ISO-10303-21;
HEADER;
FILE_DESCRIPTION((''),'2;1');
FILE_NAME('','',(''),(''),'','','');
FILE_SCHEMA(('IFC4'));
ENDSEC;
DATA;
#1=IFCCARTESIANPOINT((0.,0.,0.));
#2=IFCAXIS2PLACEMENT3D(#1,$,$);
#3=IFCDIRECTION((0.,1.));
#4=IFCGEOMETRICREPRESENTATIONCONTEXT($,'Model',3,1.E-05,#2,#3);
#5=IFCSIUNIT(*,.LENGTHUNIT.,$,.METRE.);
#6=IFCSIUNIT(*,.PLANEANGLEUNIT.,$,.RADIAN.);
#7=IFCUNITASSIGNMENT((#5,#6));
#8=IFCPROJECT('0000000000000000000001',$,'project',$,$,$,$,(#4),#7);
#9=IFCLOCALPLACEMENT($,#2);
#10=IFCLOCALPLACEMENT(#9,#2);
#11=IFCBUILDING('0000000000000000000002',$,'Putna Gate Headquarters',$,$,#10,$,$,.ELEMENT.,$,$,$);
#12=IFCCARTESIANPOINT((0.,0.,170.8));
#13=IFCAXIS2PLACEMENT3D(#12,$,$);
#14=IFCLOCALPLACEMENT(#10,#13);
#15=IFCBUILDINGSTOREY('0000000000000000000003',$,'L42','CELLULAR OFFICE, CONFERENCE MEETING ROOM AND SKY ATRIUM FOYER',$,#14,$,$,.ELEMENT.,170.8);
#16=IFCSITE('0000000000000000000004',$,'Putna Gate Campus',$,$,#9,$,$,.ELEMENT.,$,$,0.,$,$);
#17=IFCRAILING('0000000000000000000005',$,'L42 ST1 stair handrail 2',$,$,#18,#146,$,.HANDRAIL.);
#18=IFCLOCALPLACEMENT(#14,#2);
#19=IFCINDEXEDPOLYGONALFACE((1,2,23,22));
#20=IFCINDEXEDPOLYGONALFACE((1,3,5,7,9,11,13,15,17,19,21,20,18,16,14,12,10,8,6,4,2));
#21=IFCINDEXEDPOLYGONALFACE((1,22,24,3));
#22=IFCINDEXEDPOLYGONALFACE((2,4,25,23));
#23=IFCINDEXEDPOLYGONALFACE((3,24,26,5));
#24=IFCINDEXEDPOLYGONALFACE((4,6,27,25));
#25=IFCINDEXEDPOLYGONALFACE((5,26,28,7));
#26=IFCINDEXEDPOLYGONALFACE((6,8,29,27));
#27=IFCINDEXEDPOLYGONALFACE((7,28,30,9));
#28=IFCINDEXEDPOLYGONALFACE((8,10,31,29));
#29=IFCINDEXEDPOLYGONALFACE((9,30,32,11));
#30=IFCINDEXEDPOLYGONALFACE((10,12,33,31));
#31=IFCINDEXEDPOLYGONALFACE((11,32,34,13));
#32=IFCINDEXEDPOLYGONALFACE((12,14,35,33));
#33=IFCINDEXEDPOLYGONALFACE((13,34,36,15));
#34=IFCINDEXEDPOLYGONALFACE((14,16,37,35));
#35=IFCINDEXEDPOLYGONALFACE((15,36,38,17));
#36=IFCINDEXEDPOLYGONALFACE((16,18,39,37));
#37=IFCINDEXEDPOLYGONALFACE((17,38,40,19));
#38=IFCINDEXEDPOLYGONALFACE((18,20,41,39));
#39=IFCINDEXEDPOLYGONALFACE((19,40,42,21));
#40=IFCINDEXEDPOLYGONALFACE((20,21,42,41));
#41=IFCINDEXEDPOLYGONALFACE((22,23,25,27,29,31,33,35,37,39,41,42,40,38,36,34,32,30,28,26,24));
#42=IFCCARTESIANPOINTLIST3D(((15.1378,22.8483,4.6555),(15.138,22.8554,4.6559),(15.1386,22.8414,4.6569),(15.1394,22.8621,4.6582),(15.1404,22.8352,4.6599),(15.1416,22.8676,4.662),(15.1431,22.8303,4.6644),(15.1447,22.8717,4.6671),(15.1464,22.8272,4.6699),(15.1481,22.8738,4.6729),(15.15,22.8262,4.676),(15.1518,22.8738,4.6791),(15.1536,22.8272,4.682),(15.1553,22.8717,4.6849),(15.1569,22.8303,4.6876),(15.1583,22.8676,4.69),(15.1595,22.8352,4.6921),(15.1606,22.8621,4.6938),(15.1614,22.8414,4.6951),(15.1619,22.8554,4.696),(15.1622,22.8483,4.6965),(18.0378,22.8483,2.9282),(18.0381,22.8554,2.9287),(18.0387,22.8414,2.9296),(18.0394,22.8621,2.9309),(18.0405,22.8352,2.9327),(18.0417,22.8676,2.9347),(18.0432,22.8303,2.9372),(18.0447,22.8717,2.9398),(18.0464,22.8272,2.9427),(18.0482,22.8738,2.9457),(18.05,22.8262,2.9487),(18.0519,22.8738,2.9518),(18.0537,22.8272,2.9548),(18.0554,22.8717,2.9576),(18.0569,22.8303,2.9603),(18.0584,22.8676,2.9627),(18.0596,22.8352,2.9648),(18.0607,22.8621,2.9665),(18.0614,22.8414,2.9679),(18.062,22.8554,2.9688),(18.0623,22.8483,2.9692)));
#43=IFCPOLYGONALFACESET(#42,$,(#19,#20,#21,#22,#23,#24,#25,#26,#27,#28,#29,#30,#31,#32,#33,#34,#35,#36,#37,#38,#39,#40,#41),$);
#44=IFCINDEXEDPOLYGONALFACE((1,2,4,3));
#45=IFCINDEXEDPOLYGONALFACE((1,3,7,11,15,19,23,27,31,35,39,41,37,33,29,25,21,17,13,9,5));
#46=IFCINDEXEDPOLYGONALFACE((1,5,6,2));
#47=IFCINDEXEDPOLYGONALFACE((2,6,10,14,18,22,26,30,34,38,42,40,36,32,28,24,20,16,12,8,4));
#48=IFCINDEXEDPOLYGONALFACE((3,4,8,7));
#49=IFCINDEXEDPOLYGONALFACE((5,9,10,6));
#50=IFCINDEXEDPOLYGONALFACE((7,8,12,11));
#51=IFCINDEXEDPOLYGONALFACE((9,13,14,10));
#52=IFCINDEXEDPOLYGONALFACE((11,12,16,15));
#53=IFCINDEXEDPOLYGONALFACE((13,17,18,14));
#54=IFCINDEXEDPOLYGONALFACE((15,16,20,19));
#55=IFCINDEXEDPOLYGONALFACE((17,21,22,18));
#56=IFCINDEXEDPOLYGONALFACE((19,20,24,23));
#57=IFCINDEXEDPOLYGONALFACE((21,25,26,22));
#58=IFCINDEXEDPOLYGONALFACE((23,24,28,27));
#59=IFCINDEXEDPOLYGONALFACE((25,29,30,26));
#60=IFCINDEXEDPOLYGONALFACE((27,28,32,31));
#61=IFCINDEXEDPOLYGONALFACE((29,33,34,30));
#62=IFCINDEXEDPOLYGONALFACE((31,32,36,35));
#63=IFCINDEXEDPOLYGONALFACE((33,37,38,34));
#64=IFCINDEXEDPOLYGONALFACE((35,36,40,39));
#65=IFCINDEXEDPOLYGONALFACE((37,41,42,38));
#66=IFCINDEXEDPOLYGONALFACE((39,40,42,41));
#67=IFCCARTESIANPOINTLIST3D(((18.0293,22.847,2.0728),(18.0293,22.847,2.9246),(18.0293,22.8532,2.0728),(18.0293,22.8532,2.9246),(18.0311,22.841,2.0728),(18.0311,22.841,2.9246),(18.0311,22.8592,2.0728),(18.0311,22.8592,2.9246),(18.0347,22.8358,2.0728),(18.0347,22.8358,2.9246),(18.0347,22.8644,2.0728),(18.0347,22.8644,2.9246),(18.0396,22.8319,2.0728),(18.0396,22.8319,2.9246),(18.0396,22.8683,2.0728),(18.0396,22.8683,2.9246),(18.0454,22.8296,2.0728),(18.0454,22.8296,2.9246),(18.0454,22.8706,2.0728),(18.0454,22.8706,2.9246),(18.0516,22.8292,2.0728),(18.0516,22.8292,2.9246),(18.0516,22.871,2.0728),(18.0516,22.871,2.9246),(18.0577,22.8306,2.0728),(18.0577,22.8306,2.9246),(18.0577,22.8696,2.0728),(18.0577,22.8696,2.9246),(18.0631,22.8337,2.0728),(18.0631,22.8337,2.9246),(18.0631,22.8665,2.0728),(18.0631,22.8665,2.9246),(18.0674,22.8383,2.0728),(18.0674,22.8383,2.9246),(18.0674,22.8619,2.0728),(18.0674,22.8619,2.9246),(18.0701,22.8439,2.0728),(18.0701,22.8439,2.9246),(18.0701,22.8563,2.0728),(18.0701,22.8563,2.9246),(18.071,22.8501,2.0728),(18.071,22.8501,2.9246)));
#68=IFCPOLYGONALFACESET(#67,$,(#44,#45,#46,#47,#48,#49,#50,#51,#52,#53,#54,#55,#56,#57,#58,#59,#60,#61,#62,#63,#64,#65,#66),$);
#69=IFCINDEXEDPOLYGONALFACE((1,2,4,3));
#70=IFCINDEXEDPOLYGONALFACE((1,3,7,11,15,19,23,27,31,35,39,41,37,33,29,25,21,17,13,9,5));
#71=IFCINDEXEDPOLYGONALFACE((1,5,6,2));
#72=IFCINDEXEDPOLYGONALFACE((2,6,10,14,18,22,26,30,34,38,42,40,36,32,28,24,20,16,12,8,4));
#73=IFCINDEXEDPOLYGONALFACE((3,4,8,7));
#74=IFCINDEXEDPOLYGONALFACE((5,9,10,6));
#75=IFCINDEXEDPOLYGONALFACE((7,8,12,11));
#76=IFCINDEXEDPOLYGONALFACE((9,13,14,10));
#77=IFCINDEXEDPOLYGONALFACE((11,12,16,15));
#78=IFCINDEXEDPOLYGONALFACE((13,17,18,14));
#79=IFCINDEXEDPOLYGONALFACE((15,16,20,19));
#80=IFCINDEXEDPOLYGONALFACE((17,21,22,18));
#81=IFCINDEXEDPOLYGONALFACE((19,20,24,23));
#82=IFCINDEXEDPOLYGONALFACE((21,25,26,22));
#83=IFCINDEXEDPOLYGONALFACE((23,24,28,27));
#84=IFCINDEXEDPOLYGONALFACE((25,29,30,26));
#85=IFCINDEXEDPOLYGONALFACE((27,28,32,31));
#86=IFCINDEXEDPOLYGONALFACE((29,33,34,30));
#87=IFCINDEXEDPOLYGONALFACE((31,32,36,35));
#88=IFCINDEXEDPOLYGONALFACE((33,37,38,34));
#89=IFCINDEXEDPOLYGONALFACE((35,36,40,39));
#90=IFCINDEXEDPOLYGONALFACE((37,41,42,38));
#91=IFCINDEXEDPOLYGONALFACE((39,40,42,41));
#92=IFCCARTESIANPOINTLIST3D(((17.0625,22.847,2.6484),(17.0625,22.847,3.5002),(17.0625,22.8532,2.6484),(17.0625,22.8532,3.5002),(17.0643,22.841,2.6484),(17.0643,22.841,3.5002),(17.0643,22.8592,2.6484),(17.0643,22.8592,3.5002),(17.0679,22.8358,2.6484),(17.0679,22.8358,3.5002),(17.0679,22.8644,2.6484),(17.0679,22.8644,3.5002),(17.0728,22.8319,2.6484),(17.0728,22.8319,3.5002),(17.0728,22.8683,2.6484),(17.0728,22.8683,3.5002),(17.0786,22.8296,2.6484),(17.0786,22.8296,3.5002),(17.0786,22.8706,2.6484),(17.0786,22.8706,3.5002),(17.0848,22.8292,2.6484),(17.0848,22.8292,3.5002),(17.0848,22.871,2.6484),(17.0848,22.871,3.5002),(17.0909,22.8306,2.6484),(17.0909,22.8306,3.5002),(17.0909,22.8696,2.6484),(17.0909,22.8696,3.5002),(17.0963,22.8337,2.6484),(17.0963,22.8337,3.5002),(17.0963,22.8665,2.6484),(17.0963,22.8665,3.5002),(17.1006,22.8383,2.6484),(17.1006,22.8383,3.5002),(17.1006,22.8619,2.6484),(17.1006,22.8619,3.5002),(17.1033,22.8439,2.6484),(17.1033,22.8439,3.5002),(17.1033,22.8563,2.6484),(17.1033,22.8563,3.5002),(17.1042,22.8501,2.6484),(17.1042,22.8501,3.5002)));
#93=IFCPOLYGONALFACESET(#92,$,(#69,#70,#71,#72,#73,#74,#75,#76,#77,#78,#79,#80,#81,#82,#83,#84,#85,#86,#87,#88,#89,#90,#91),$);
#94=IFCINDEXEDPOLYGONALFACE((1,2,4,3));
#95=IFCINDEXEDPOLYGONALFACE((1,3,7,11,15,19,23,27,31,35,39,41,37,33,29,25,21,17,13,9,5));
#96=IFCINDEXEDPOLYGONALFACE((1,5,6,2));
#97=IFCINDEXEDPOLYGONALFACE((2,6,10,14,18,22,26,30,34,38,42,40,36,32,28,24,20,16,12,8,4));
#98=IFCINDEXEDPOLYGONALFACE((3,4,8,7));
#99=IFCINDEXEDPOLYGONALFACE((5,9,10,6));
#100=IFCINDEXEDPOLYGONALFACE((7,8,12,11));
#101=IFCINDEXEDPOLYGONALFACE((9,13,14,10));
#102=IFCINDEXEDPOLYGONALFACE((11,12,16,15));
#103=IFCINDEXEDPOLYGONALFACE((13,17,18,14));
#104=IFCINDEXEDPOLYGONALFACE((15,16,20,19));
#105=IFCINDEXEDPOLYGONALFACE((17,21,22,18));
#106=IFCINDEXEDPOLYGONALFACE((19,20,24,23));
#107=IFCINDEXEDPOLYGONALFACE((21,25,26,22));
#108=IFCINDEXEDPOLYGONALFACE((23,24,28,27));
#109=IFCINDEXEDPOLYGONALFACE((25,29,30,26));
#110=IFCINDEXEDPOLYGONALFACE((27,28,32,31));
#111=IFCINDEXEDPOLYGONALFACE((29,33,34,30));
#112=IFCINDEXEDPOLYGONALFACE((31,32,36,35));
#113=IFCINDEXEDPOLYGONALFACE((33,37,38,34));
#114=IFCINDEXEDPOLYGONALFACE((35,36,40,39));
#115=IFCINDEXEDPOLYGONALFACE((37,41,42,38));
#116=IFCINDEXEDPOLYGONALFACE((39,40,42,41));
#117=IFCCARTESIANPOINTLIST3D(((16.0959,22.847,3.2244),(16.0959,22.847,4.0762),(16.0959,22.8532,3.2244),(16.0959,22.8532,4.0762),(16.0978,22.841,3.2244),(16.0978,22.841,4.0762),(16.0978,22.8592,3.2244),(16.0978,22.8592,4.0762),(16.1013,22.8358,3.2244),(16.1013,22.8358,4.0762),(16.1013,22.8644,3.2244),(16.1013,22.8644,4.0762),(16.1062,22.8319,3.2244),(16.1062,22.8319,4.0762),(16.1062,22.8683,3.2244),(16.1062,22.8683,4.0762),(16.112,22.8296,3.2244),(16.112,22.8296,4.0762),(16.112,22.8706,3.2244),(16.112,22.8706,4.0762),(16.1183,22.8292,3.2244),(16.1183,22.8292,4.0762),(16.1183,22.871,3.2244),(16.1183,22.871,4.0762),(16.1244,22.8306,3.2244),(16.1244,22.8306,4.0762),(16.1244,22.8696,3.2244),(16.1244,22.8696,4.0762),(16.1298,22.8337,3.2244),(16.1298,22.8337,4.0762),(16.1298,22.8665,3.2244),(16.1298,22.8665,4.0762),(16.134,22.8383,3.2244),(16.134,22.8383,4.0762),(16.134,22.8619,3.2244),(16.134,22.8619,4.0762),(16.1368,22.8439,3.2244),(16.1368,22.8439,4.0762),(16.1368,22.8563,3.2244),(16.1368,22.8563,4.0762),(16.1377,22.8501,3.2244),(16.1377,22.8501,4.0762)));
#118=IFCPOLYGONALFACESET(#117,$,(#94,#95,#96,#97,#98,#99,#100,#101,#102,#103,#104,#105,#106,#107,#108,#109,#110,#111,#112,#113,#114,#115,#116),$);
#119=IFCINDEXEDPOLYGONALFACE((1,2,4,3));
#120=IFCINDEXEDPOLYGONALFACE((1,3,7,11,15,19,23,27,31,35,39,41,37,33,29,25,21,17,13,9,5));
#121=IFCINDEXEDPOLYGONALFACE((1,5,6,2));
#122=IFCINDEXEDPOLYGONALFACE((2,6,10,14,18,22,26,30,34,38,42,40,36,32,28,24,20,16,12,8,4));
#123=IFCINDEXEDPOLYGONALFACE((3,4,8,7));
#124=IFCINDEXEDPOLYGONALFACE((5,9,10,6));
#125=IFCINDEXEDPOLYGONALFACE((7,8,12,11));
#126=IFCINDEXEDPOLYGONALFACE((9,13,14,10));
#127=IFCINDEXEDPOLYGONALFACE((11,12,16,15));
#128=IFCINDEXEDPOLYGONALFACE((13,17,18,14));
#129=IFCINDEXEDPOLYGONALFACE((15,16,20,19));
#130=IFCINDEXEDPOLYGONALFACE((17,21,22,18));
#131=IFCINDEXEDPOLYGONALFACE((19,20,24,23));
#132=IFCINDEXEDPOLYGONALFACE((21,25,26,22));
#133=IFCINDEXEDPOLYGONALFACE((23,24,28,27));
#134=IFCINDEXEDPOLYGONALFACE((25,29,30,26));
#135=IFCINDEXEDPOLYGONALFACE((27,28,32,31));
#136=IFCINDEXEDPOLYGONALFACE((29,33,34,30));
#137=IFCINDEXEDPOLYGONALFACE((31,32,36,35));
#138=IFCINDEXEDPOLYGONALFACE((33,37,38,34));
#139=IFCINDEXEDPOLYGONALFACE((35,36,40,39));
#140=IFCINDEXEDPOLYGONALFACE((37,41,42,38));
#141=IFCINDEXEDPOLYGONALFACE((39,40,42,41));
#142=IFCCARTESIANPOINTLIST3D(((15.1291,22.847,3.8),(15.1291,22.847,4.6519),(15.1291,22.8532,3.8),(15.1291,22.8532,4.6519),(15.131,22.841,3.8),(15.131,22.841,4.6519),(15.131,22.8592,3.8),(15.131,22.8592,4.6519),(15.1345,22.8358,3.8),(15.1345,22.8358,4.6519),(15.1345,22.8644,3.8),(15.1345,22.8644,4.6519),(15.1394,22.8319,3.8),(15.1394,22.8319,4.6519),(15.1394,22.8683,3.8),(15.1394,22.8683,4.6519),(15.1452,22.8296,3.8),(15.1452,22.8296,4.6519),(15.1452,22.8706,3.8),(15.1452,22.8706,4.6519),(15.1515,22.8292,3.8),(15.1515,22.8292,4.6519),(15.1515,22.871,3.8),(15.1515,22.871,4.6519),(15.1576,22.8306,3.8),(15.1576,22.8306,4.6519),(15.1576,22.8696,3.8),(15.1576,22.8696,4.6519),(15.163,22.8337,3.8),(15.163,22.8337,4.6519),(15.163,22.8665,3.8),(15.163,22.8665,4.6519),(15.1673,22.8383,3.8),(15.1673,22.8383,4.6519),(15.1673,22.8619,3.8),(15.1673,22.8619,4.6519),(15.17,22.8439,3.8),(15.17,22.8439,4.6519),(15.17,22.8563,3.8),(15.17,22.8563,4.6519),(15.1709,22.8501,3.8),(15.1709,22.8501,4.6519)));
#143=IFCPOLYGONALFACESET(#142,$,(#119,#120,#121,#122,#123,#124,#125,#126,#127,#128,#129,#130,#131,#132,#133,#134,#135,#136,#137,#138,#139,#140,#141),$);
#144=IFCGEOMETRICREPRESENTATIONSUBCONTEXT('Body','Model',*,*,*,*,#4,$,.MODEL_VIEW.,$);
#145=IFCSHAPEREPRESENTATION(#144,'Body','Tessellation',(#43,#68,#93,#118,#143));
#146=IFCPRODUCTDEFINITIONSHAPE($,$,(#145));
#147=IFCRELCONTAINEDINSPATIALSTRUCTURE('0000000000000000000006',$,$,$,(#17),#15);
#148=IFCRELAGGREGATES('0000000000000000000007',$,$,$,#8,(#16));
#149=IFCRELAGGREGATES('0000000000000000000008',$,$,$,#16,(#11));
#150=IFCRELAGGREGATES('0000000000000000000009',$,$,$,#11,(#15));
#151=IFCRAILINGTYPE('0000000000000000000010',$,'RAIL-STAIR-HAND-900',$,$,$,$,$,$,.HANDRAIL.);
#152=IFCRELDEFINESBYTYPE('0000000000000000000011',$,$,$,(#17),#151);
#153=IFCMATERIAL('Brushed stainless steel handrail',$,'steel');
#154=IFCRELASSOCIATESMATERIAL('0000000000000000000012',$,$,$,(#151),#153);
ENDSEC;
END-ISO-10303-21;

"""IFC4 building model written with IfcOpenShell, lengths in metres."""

from ifc_helpers import new_model, si_unit, direction, frame, origin, origin_2d, place, context, subcontext, project, spatial, circle, extrude, material, type_object, element, save


model = new_model("IFC4")

# Units and contexts
model_context = context("Model", 3, precision=1e-05, world=origin(), true_north=direction((0.0, 1.0)))
body_context = subcontext(model_context, "Body", "Model", "MODEL_VIEW")
ifc_project = project(units=[si_unit("LENGTHUNIT", "METRE"), si_unit("PLANEANGLEUNIT", "RADIAN")], contexts=[model_context])

# Site, building, storey
site_placement = place(None, origin())
site = spatial("IfcSite", under=ifc_project, at=site_placement, Name="Putna Gate Campus", CompositionType="ELEMENT", RefElevation=0.0)
building_placement = place(site_placement, origin())
building = spatial("IfcBuilding", under=site, at=building_placement, Name="Putna Gate Headquarters", CompositionType="ELEMENT")
storey_placement = place(building_placement, frame((0.0, 0.0, 170.8)))
storey = spatial("IfcBuildingStorey", under=building, at=storey_placement, Name="L42", Description="CELLULAR OFFICE, CONFERENCE MEETING ROOM AND SKY ATRIUM FOYER", CompositionType="ELEMENT", Elevation=170.8)

# Railing
ifc_material_1 = material(Name="Brushed stainless steel handrail", Category="steel")
railing_type_1 = type_object("IfcRailingType", Name="RAIL-STAIR-HAND-900", PredefinedType="HANDRAIL", material=ifc_material_1)
railing_1_placement = place(storey_placement, frame((18.05, 22.8501, 2.0728)))
element("IfcRailing", 1, at=railing_1_placement, inside=storey, type_object=railing_type_1, Name="L42 ST1 stair handrail 2", PredefinedType="HANDRAIL", context=body_context, shape_type="SweptSolid", body=[
    extrude(circle(Radius=0.0239, at=origin_2d()), frame((0.0, 0.0, 0.876), z_axis=(-0.85916, 0.0, 0.511706), x_axis=(0.0, -1.0, 0.0)), (0.0, 0.0, 1.0), 3.3755),
    extrude(circle(Radius=0.021, at=origin_2d()), origin(), (0.0, 0.0, 1.0), 0.8518),
    extrude(circle(Radius=0.021, at=origin_2d()), frame((-0.9668, 0.0, 0.5757)), (0.0, 0.0, 1.0), 0.8518),
    extrude(circle(Radius=0.021, at=origin_2d()), frame((-1.9333, 0.0, 1.1516)), (0.0, 0.0, 1.0), 0.8518),
    extrude(circle(Radius=0.021, at=origin_2d()), frame((-2.9001, 0.0, 1.7273)), (0.0, 0.0, 1.0), 0.8518),
])

save(model, "model.ifc")
